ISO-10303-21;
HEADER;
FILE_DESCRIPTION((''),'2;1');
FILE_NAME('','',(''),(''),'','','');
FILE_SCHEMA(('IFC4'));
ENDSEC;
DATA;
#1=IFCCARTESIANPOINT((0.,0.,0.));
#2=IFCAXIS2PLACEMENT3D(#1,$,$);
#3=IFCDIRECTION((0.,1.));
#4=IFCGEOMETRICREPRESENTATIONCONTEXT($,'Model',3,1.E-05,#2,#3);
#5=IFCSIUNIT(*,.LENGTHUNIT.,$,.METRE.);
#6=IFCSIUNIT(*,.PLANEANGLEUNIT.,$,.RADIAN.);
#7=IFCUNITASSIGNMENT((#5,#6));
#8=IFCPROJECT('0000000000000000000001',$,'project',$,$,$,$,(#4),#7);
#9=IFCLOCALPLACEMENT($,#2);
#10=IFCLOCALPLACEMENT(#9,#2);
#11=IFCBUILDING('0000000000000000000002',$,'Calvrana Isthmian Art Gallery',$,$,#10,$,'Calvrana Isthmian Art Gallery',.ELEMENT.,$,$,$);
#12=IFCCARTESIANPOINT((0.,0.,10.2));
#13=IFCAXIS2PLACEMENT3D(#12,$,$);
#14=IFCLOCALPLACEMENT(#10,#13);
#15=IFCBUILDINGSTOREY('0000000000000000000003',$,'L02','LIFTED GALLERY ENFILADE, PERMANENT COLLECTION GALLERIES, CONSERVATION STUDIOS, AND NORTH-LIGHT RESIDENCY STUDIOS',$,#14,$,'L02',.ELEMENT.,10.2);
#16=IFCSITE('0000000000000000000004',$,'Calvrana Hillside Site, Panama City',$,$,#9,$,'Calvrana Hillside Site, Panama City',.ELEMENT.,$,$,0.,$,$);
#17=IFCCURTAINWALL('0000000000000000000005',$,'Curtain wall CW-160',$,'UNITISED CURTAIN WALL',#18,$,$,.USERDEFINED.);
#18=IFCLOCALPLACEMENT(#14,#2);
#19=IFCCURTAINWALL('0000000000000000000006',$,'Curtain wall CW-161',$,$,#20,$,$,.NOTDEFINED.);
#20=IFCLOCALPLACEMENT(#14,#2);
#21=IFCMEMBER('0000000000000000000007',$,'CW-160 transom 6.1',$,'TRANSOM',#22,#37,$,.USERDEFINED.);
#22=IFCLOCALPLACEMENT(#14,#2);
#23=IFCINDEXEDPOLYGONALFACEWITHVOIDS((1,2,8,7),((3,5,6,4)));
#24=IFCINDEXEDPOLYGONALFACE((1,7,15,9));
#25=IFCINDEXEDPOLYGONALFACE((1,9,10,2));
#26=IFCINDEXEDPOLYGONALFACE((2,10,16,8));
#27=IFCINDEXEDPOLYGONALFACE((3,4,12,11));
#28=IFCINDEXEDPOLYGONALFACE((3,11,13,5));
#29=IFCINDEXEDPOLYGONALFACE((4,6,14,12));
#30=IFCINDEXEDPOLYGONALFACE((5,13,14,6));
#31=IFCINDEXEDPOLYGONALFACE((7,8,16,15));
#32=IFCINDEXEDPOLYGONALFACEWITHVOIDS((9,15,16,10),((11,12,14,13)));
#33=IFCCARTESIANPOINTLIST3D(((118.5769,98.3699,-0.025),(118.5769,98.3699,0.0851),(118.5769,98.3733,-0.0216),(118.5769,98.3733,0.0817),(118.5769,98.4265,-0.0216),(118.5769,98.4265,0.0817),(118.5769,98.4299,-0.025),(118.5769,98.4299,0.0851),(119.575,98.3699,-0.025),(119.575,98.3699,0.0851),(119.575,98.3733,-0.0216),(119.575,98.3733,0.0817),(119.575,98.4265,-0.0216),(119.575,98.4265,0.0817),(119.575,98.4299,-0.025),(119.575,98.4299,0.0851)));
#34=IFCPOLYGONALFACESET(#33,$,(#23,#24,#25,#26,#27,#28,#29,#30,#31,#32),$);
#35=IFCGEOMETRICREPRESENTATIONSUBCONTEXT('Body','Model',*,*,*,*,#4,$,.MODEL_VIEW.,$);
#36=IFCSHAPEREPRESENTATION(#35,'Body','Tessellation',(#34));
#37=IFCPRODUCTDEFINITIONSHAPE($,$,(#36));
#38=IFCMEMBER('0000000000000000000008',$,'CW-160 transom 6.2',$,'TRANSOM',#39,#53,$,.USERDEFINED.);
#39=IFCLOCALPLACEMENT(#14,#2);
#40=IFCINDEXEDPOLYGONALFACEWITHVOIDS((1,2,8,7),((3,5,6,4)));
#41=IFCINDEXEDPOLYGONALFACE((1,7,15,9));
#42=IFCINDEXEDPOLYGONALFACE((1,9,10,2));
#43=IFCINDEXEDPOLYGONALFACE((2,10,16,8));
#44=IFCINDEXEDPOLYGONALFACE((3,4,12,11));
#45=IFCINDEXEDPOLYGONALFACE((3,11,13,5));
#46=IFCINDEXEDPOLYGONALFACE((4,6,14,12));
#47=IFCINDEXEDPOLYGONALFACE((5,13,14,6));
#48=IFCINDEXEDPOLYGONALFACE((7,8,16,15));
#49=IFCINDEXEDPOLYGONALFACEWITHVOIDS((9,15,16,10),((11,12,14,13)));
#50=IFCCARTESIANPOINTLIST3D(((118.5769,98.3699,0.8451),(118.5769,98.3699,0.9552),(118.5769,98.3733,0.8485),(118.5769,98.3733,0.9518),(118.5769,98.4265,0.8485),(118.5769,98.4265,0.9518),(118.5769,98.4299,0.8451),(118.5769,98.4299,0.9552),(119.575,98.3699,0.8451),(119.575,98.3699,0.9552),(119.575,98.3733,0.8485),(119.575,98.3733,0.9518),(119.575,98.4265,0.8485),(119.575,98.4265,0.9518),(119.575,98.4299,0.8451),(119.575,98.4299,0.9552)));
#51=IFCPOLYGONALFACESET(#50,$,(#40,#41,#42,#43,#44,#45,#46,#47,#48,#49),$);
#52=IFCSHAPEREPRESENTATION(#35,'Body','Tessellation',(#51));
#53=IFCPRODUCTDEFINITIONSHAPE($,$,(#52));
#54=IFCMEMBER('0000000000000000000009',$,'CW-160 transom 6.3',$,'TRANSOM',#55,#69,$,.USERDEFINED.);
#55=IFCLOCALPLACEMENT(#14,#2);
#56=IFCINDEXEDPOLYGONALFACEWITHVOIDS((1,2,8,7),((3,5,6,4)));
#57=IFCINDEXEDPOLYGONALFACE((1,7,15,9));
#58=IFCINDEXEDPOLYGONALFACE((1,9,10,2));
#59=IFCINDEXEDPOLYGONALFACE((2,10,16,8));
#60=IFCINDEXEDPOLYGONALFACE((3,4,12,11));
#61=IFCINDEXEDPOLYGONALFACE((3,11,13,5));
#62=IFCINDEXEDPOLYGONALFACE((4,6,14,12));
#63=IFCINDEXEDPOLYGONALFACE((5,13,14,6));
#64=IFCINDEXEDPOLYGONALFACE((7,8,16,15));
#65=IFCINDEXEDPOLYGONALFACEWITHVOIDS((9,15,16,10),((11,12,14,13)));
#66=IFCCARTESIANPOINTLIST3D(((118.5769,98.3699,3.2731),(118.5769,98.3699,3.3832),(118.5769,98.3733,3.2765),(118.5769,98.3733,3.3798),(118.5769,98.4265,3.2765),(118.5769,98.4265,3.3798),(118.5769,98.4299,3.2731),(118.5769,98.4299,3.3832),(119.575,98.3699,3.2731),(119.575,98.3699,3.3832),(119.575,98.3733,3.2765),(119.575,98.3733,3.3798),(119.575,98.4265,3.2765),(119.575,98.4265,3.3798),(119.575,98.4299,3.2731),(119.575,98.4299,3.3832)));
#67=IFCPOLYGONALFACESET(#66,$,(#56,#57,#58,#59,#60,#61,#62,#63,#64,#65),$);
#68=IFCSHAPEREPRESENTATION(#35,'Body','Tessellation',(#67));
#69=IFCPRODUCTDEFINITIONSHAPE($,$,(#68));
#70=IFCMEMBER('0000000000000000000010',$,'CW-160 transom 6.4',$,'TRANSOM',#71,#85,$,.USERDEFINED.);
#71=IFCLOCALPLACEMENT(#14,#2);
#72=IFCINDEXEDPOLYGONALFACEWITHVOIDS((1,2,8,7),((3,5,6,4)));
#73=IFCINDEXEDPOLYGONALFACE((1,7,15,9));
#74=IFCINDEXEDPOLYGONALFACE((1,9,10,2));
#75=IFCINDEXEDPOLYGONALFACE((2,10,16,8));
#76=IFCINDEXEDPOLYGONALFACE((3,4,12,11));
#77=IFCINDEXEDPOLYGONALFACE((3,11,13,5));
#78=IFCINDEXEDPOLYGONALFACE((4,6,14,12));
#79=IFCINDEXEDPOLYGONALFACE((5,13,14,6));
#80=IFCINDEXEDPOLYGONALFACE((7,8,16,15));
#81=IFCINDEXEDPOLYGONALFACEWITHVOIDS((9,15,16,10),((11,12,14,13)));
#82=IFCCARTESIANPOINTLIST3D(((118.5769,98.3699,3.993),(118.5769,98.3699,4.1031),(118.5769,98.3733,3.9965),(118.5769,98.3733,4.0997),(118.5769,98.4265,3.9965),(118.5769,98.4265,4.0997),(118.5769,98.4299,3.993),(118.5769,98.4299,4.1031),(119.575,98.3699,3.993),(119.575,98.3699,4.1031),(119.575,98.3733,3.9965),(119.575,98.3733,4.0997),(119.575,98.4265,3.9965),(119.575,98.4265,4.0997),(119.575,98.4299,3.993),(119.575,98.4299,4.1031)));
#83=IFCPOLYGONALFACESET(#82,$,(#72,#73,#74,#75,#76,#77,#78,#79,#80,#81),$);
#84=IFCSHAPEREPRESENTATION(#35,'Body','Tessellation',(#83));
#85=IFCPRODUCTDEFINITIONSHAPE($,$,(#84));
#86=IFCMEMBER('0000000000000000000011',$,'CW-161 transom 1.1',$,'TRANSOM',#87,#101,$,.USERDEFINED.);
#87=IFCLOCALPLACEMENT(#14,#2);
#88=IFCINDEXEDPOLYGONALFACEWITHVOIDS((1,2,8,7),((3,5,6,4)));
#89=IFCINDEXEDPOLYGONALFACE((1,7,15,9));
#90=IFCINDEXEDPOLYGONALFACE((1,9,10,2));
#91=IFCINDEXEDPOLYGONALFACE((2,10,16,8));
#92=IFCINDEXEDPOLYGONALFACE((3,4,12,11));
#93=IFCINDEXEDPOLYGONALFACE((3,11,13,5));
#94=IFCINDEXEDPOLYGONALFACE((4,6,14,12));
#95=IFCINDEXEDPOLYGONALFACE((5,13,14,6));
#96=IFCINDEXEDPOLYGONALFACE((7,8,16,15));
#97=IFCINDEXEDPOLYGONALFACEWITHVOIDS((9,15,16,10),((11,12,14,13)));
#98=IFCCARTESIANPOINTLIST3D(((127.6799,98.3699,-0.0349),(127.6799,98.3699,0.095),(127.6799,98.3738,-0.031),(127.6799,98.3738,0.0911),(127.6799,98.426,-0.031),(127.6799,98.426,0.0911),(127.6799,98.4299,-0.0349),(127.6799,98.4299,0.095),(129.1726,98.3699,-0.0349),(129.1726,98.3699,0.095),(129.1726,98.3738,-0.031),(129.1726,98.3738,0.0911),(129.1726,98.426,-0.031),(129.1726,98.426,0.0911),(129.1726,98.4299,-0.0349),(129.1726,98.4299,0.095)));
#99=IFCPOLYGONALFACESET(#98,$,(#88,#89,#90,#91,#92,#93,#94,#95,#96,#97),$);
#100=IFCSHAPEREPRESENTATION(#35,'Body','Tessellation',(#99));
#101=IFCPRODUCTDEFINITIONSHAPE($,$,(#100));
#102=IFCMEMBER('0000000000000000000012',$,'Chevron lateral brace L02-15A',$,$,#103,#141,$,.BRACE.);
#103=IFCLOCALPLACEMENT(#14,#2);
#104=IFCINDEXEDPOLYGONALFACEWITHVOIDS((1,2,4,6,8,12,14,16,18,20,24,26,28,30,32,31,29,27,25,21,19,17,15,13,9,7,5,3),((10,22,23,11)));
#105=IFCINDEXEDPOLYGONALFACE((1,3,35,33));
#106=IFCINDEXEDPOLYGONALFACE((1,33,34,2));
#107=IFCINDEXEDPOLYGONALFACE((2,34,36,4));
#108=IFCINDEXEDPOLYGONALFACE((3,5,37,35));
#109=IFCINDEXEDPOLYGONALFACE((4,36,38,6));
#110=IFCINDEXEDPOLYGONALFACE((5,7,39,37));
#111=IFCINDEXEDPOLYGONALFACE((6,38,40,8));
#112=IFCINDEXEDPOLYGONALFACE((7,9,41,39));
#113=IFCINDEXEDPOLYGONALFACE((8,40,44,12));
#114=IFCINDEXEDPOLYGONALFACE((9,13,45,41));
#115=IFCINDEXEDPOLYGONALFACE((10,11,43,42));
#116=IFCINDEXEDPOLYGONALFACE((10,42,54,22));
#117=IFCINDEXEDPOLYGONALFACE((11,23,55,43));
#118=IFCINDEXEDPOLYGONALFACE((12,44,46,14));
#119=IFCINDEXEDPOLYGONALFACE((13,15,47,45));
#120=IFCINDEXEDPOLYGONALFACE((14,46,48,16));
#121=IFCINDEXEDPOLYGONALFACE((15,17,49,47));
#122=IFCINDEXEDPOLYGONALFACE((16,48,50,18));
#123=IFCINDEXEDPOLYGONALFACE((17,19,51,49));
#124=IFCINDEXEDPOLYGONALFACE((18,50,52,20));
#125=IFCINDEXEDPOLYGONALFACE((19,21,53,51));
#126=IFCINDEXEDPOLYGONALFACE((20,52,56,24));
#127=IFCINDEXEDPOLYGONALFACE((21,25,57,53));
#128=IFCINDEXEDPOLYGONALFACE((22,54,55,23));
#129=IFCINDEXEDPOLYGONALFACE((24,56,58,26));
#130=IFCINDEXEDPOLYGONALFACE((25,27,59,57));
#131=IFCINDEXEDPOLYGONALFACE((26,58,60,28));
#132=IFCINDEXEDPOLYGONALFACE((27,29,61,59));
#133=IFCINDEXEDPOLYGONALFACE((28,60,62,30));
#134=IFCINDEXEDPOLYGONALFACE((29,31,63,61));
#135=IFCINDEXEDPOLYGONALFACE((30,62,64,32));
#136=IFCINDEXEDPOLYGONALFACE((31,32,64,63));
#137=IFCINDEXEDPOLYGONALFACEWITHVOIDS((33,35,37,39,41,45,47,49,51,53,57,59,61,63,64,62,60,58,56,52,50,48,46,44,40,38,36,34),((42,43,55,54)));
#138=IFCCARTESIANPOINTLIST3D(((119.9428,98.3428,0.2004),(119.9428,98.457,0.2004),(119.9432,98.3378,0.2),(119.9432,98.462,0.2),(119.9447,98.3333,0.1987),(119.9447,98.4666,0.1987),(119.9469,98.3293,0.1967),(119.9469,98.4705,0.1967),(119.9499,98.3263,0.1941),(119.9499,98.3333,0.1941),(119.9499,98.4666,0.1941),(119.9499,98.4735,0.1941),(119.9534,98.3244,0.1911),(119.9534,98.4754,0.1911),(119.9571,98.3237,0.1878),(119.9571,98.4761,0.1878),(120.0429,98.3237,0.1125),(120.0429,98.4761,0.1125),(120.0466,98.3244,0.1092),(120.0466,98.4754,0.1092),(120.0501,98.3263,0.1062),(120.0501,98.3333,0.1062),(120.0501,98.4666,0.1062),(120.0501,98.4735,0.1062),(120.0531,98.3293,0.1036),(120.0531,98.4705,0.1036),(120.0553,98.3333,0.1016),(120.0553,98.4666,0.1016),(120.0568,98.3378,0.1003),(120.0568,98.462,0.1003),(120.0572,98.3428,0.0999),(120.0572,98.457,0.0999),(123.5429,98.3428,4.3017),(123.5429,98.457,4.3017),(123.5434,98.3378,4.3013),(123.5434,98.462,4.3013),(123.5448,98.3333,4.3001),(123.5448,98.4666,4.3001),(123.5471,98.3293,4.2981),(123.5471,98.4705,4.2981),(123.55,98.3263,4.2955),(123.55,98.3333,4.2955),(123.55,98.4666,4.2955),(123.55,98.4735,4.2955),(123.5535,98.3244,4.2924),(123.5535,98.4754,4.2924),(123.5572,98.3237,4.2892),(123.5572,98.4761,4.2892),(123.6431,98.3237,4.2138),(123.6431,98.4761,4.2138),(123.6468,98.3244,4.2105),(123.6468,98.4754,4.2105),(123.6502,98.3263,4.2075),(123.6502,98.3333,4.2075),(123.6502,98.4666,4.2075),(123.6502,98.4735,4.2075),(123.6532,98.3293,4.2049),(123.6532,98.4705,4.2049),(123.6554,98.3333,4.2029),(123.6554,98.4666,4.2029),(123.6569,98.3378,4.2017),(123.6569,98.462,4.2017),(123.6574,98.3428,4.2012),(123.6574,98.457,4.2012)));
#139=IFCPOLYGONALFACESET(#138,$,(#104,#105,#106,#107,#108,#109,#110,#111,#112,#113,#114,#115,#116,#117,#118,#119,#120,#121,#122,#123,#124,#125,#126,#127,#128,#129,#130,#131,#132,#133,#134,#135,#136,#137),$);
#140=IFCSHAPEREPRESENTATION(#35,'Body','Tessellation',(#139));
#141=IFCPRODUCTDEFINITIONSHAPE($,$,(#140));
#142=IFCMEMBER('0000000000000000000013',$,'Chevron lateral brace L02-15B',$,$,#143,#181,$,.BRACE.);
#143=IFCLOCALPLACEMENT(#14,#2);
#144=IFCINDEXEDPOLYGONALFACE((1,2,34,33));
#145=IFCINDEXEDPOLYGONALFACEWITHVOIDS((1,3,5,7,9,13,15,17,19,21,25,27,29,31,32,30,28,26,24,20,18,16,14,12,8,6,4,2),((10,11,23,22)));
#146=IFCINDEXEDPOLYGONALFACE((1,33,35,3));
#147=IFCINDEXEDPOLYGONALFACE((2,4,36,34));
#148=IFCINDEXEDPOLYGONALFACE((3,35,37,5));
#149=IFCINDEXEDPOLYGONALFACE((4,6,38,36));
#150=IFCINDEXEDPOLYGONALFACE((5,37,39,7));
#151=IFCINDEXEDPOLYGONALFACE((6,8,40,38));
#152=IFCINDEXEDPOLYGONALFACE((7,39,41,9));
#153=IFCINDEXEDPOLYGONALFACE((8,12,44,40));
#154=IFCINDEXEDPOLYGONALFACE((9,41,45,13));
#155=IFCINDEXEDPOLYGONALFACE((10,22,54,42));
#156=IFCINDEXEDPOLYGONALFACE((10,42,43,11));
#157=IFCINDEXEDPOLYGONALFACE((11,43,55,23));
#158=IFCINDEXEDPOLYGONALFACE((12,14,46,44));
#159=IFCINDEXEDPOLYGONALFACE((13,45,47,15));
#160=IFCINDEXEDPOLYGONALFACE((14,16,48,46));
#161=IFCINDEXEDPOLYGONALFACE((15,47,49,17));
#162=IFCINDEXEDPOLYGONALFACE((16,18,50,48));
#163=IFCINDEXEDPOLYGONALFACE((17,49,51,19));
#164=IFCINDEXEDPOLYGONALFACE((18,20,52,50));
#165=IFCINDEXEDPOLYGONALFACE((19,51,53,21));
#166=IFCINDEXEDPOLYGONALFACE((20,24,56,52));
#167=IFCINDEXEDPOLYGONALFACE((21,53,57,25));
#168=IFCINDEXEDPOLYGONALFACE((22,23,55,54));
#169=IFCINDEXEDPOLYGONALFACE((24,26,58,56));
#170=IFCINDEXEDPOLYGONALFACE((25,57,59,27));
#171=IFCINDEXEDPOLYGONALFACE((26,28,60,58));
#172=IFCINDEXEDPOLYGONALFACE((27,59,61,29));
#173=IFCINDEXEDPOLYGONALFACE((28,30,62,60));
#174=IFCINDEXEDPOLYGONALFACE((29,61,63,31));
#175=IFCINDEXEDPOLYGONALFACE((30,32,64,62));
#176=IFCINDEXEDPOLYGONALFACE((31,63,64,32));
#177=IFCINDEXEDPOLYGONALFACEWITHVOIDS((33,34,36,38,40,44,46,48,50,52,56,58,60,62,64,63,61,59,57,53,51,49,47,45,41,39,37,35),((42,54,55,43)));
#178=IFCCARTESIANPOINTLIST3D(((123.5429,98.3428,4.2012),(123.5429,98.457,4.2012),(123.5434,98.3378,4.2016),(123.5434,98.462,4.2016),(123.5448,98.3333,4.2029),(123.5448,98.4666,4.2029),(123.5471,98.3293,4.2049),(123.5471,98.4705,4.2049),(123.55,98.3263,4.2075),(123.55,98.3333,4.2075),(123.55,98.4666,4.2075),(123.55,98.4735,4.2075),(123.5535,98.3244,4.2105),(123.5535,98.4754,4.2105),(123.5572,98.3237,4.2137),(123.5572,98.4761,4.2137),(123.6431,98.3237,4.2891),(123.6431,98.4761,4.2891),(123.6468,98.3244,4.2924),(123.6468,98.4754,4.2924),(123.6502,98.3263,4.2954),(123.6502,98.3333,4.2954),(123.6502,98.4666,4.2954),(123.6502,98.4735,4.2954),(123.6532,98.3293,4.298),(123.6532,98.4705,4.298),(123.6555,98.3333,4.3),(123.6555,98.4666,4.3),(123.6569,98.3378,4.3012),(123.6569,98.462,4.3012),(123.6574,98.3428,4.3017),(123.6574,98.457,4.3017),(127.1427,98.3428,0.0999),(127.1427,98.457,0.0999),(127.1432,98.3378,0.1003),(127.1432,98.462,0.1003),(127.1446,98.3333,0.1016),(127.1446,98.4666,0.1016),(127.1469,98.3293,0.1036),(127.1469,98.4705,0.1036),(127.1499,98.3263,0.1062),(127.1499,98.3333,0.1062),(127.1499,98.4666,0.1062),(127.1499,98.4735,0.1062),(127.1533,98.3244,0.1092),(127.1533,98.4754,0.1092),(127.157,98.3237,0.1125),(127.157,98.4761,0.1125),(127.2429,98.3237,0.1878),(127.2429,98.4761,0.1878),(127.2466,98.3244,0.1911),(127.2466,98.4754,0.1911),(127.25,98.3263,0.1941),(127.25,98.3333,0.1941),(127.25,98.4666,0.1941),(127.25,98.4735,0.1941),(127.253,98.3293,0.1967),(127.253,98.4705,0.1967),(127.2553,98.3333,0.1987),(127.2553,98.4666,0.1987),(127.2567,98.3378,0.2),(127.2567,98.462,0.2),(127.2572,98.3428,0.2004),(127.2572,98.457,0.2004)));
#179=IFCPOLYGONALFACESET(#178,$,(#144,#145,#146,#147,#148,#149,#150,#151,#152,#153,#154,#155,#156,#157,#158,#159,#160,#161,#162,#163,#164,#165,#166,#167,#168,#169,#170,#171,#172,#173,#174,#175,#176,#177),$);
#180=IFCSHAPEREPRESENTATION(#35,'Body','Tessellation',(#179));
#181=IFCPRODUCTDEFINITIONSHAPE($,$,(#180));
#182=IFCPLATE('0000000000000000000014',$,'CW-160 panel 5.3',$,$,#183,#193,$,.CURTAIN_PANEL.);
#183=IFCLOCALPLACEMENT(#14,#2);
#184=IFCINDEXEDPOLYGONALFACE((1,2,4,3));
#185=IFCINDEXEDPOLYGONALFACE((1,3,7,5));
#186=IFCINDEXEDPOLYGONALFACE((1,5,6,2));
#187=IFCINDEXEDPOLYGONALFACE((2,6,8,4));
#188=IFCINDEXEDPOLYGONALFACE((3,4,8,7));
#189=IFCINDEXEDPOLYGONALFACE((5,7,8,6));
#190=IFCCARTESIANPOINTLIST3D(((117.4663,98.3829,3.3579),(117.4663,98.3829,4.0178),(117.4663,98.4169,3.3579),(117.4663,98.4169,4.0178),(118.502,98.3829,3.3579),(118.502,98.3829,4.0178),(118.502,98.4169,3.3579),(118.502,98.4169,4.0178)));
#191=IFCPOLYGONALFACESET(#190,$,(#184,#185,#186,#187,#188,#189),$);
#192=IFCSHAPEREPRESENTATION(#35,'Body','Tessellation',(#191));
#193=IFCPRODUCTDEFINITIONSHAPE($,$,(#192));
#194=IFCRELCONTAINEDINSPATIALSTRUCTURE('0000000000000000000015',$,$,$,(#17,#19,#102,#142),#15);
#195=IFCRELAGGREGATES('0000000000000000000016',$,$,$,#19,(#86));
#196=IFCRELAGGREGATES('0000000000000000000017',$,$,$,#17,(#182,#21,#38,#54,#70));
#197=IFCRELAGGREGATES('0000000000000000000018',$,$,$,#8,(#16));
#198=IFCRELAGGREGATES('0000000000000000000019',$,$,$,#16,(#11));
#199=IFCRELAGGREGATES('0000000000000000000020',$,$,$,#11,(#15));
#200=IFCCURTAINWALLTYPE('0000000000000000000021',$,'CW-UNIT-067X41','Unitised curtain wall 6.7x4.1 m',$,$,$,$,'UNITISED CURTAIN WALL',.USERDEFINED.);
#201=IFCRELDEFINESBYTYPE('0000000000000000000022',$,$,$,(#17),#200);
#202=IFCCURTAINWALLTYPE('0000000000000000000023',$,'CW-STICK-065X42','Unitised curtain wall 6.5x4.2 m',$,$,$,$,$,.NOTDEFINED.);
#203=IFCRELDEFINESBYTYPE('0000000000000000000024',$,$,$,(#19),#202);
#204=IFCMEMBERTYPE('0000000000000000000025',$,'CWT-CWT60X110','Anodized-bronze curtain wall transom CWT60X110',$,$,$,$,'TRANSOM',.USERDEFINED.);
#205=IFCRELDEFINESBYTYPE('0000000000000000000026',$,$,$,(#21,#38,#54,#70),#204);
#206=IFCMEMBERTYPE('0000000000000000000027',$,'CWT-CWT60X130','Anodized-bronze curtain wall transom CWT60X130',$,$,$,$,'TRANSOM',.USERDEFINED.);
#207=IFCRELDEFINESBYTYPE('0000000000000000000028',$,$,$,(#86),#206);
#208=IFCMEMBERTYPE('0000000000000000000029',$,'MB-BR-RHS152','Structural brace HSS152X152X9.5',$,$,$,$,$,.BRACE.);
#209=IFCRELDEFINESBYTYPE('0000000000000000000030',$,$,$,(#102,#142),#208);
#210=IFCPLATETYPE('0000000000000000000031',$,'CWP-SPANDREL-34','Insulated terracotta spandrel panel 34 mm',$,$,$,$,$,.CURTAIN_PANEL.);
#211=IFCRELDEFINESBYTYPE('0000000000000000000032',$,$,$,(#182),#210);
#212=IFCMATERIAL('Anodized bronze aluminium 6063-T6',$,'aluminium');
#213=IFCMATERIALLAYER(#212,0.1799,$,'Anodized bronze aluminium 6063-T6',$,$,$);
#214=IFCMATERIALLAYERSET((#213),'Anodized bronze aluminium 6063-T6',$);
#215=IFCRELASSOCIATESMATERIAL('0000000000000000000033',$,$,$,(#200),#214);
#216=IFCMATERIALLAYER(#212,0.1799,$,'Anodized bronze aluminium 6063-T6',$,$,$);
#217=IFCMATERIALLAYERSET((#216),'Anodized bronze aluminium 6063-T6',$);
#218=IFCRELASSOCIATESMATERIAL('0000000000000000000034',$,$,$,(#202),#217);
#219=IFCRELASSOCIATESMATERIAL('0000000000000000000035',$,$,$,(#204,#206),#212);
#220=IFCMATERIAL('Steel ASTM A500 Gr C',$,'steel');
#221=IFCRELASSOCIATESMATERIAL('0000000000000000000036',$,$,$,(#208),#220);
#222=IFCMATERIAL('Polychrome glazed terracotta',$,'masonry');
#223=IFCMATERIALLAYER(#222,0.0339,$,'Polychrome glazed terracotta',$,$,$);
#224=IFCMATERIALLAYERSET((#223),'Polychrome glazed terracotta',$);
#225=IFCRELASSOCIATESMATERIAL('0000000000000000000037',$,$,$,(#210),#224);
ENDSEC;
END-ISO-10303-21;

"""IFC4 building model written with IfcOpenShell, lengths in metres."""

from ifc_helpers import new_model, si_unit, direction, frame, origin, origin_2d, place, context, subcontext, project, spatial, rectangle, hollow_rectangle, extrude, material, layer, layer_set, material_profile, profile_set, type_object, element, aggregate, save


model = new_model("IFC4")

# Units and contexts
model_context = context("Model", 3, precision=1e-05, world=origin(), true_north=direction((0.0, 1.0)))
body_context = subcontext(model_context, "Body", "Model", "MODEL_VIEW")
ifc_project = project(units=[si_unit("LENGTHUNIT", "METRE"), si_unit("PLANEANGLEUNIT", "RADIAN")], contexts=[model_context])

# Site, building, storey
site_placement = place(None, origin())
site = spatial("IfcSite", under=ifc_project, at=site_placement, Name="Calvrana Hillside Site, Panama City", LongName="Calvrana Hillside Site, Panama City", CompositionType="ELEMENT", RefElevation=0.0)
building_placement = place(site_placement, origin())
building = spatial("IfcBuilding", under=site, at=building_placement, Name="Calvrana Isthmian Art Gallery", LongName="Calvrana Isthmian Art Gallery", CompositionType="ELEMENT")
storey_placement = place(building_placement, frame((0.0, 0.0, 10.2)))
storey = spatial("IfcBuildingStorey", under=building, at=storey_placement, Name="L02", Description="LIFTED GALLERY ENFILADE, PERMANENT COLLECTION GALLERIES, CONSERVATION STUDIOS, AND NORTH-LIGHT RESIDENCY STUDIOS", LongName="L02", CompositionType="ELEMENT", Elevation=10.2)

# Curtain wall
ifc_material_1 = material(Name="Anodized bronze aluminium 6063-T6", Category="aluminium")
ifc_layer_1 = layer(ifc_material_1, 0.1799, Name="Anodized bronze aluminium 6063-T6")
ifc_layer_set_1 = layer_set([ifc_layer_1], Name="Anodized bronze aluminium 6063-T6")
curtain_wall_type_1 = type_object("IfcCurtainWallType", Name="CW-UNIT-067X41", Description="Unitised curtain wall 6.7x4.1 m", ElementType="UNITISED CURTAIN WALL", PredefinedType="USERDEFINED", material=ifc_layer_set_1)
curtain_wall_1_placement = place(storey_placement, origin())
curtain_wall_1 = element("IfcCurtainWall", 1, at=curtain_wall_1_placement, inside=storey, type_object=curtain_wall_type_1, Name="Curtain wall CW-160", ObjectType="UNITISED CURTAIN WALL", PredefinedType="USERDEFINED")

# Curtain wall
ifc_layer_2 = layer(ifc_material_1, 0.1799, Name="Anodized bronze aluminium 6063-T6")
ifc_layer_set_2 = layer_set([ifc_layer_2], Name="Anodized bronze aluminium 6063-T6")
curtain_wall_type_2 = type_object("IfcCurtainWallType", Name="CW-STICK-065X42", Description="Unitised curtain wall 6.5x4.2 m", PredefinedType="NOTDEFINED", material=ifc_layer_set_2)
curtain_wall_2_placement = place(storey_placement, origin())
curtain_wall_2 = element("IfcCurtainWall", 2, at=curtain_wall_2_placement, inside=storey, type_object=curtain_wall_type_2, Name="Curtain wall CW-161", PredefinedType="NOTDEFINED")

# Members
ifc_material_profile_1 = material_profile(ifc_material_1, hollow_rectangle(XDim=0.0601, YDim=0.1101, WallThickness=0.0034, at=origin_2d()), Name="CWT60X110")
ifc_profile_set_1 = profile_set([ifc_material_profile_1], Name="Anodized bronze aluminium 6063-T6")
member_type_1 = type_object("IfcMemberType", Name="CWT-CWT60X110", Description="Anodized-bronze curtain wall transom CWT60X110", ElementType="TRANSOM", PredefinedType="USERDEFINED", material=ifc_profile_set_1)
member_1_placement = place(storey_placement, frame((118.5769, 98.3999, 0.03), z_axis=(1.0, 0.0, 0.0), x_axis=(0.0, 1.0, 0.0)))
member_1 = element("IfcMember", 3, at=member_1_placement, type_object=member_type_1, Name="CW-160 transom 6.1", ObjectType="TRANSOM", PredefinedType="USERDEFINED", context=body_context, shape_type="SweptSolid", body=[
    extrude(hollow_rectangle(XDim=0.0601, YDim=0.1101, WallThickness=0.0034, at=origin_2d()), origin(), (0.0, 0.0, 1.0), 0.998),
])
member_2_placement = place(storey_placement, frame((118.5769, 98.3999, 0.9001), z_axis=(1.0, 0.0, 0.0), x_axis=(0.0, 1.0, 0.0)))
member_2 = element("IfcMember", 4, at=member_2_placement, type_object=member_type_1, Name="CW-160 transom 6.2", ObjectType="TRANSOM", PredefinedType="USERDEFINED", context=body_context, shape_type="SweptSolid", body=[
    extrude(hollow_rectangle(XDim=0.0601, YDim=0.1101, WallThickness=0.0034, at=origin_2d()), origin(), (0.0, 0.0, 1.0), 0.998),
])
member_3_placement = place(storey_placement, frame((118.5769, 98.3999, 3.3281), z_axis=(1.0, 0.0, 0.0), x_axis=(0.0, 1.0, 0.0)))
member_3 = element("IfcMember", 5, at=member_3_placement, type_object=member_type_1, Name="CW-160 transom 6.3", ObjectType="TRANSOM", PredefinedType="USERDEFINED", context=body_context, shape_type="SweptSolid", body=[
    extrude(hollow_rectangle(XDim=0.0601, YDim=0.1101, WallThickness=0.0034, at=origin_2d()), origin(), (0.0, 0.0, 1.0), 0.998),
])
member_4_placement = place(storey_placement, frame((118.5769, 98.3999, 4.0481), z_axis=(1.0, 0.0, 0.0), x_axis=(0.0, 1.0, 0.0)))
member_4 = element("IfcMember", 6, at=member_4_placement, type_object=member_type_1, Name="CW-160 transom 6.4", ObjectType="TRANSOM", PredefinedType="USERDEFINED", context=body_context, shape_type="SweptSolid", body=[
    extrude(hollow_rectangle(XDim=0.0601, YDim=0.1101, WallThickness=0.0034, at=origin_2d()), origin(), (0.0, 0.0, 1.0), 0.998),
])
ifc_material_profile_2 = material_profile(ifc_material_1, hollow_rectangle(XDim=0.0601, YDim=0.1299, WallThickness=0.0039, at=origin_2d()), Name="CWT60X130")
ifc_profile_set_2 = profile_set([ifc_material_profile_2], Name="Anodized bronze aluminium 6063-T6")
member_type_2 = type_object("IfcMemberType", Name="CWT-CWT60X130", Description="Anodized-bronze curtain wall transom CWT60X130", ElementType="TRANSOM", PredefinedType="USERDEFINED", material=ifc_profile_set_2)
member_5_placement = place(storey_placement, frame((127.6799, 98.3999, 0.03), z_axis=(1.0, 0.0, 0.0), x_axis=(0.0, 1.0, 0.0)))
member_5 = element("IfcMember", 7, at=member_5_placement, type_object=member_type_2, Name="CW-161 transom 1.1", ObjectType="TRANSOM", PredefinedType="USERDEFINED", context=body_context, shape_type="SweptSolid", body=[
    extrude(hollow_rectangle(XDim=0.0601, YDim=0.1299, WallThickness=0.0039, at=origin_2d()), origin(), (0.0, 0.0, 1.0), 1.4927),
])
aggregate(curtain_wall_2, [member_5])

# Members
ifc_material_2 = material(Name="Steel ASTM A500 Gr C", Category="steel")
ifc_material_profile_3 = material_profile(ifc_material_2, hollow_rectangle(XDim=0.1523, YDim=0.1523, WallThickness=0.0095, OuterFilletRadius=0.019, at=origin_2d()), Name="HSS152X152X9.5")
ifc_profile_set_3 = profile_set([ifc_material_profile_3], Name="Steel ASTM A500 Gr C")
member_type_3 = type_object("IfcMemberType", Name="MB-BR-RHS152", Description="Structural brace HSS152X152X9.5", PredefinedType="BRACE", material=ifc_profile_set_3)
member_6_placement = place(storey_placement, frame((120.0, 98.3999, 0.1501), z_axis=(0.659691, 0.0, 0.751537), x_axis=(0.0, 1.0, 0.0)))
element("IfcMember", 8, at=member_6_placement, inside=storey, type_object=member_type_3, Name="Chevron lateral brace L02-15A", PredefinedType="BRACE", context=body_context, shape_type="SweptSolid", body=[
    extrude(hollow_rectangle(XDim=0.1523, YDim=0.1523, WallThickness=0.0095, OuterFilletRadius=0.019, at=origin_2d()), origin(), (0.0, 0.0, 1.0), 5.4573),
])
member_7_placement = place(storey_placement, frame((127.2, 98.3999, 0.1501), z_axis=(-0.659666, 0.0, 0.751559), x_axis=(0.0, -1.0, 0.0)))
element("IfcMember", 9, at=member_7_placement, inside=storey, type_object=member_type_3, Name="Chevron lateral brace L02-15B", PredefinedType="BRACE", context=body_context, shape_type="SweptSolid", body=[
    extrude(hollow_rectangle(XDim=0.1523, YDim=0.1523, WallThickness=0.0095, OuterFilletRadius=0.019, at=origin_2d()), origin(), (0.0, 0.0, 1.0), 5.457),
])

# Plate
ifc_material_3 = material(Name="Polychrome glazed terracotta", Category="masonry")
ifc_layer_3 = layer(ifc_material_3, 0.0339, Name="Polychrome glazed terracotta")
ifc_layer_set_3 = layer_set([ifc_layer_3], Name="Polychrome glazed terracotta")
plate_type_1 = type_object("IfcPlateType", Name="CWP-SPANDREL-34", Description="Insulated terracotta spandrel panel 34 mm", PredefinedType="CURTAIN_PANEL", material=ifc_layer_set_3)
plate_1_placement = place(storey_placement, frame((117.9841, 98.3999, 3.3579), z_axis=(0.0, 0.0, 1.0), x_axis=(1.0, 0.0, 0.0)))
plate_1 = element("IfcPlate", 10, at=plate_1_placement, type_object=plate_type_1, Name="CW-160 panel 5.3", PredefinedType="CURTAIN_PANEL", context=body_context, shape_type="SweptSolid", body=[
    extrude(rectangle(XDim=1.0356, YDim=0.0339, at=origin_2d()), origin(), (0.0, 0.0, 1.0), 0.6599),
])
aggregate(curtain_wall_1, [plate_1, member_1, member_2, member_3, member_4])

save(model, "model.ifc")
